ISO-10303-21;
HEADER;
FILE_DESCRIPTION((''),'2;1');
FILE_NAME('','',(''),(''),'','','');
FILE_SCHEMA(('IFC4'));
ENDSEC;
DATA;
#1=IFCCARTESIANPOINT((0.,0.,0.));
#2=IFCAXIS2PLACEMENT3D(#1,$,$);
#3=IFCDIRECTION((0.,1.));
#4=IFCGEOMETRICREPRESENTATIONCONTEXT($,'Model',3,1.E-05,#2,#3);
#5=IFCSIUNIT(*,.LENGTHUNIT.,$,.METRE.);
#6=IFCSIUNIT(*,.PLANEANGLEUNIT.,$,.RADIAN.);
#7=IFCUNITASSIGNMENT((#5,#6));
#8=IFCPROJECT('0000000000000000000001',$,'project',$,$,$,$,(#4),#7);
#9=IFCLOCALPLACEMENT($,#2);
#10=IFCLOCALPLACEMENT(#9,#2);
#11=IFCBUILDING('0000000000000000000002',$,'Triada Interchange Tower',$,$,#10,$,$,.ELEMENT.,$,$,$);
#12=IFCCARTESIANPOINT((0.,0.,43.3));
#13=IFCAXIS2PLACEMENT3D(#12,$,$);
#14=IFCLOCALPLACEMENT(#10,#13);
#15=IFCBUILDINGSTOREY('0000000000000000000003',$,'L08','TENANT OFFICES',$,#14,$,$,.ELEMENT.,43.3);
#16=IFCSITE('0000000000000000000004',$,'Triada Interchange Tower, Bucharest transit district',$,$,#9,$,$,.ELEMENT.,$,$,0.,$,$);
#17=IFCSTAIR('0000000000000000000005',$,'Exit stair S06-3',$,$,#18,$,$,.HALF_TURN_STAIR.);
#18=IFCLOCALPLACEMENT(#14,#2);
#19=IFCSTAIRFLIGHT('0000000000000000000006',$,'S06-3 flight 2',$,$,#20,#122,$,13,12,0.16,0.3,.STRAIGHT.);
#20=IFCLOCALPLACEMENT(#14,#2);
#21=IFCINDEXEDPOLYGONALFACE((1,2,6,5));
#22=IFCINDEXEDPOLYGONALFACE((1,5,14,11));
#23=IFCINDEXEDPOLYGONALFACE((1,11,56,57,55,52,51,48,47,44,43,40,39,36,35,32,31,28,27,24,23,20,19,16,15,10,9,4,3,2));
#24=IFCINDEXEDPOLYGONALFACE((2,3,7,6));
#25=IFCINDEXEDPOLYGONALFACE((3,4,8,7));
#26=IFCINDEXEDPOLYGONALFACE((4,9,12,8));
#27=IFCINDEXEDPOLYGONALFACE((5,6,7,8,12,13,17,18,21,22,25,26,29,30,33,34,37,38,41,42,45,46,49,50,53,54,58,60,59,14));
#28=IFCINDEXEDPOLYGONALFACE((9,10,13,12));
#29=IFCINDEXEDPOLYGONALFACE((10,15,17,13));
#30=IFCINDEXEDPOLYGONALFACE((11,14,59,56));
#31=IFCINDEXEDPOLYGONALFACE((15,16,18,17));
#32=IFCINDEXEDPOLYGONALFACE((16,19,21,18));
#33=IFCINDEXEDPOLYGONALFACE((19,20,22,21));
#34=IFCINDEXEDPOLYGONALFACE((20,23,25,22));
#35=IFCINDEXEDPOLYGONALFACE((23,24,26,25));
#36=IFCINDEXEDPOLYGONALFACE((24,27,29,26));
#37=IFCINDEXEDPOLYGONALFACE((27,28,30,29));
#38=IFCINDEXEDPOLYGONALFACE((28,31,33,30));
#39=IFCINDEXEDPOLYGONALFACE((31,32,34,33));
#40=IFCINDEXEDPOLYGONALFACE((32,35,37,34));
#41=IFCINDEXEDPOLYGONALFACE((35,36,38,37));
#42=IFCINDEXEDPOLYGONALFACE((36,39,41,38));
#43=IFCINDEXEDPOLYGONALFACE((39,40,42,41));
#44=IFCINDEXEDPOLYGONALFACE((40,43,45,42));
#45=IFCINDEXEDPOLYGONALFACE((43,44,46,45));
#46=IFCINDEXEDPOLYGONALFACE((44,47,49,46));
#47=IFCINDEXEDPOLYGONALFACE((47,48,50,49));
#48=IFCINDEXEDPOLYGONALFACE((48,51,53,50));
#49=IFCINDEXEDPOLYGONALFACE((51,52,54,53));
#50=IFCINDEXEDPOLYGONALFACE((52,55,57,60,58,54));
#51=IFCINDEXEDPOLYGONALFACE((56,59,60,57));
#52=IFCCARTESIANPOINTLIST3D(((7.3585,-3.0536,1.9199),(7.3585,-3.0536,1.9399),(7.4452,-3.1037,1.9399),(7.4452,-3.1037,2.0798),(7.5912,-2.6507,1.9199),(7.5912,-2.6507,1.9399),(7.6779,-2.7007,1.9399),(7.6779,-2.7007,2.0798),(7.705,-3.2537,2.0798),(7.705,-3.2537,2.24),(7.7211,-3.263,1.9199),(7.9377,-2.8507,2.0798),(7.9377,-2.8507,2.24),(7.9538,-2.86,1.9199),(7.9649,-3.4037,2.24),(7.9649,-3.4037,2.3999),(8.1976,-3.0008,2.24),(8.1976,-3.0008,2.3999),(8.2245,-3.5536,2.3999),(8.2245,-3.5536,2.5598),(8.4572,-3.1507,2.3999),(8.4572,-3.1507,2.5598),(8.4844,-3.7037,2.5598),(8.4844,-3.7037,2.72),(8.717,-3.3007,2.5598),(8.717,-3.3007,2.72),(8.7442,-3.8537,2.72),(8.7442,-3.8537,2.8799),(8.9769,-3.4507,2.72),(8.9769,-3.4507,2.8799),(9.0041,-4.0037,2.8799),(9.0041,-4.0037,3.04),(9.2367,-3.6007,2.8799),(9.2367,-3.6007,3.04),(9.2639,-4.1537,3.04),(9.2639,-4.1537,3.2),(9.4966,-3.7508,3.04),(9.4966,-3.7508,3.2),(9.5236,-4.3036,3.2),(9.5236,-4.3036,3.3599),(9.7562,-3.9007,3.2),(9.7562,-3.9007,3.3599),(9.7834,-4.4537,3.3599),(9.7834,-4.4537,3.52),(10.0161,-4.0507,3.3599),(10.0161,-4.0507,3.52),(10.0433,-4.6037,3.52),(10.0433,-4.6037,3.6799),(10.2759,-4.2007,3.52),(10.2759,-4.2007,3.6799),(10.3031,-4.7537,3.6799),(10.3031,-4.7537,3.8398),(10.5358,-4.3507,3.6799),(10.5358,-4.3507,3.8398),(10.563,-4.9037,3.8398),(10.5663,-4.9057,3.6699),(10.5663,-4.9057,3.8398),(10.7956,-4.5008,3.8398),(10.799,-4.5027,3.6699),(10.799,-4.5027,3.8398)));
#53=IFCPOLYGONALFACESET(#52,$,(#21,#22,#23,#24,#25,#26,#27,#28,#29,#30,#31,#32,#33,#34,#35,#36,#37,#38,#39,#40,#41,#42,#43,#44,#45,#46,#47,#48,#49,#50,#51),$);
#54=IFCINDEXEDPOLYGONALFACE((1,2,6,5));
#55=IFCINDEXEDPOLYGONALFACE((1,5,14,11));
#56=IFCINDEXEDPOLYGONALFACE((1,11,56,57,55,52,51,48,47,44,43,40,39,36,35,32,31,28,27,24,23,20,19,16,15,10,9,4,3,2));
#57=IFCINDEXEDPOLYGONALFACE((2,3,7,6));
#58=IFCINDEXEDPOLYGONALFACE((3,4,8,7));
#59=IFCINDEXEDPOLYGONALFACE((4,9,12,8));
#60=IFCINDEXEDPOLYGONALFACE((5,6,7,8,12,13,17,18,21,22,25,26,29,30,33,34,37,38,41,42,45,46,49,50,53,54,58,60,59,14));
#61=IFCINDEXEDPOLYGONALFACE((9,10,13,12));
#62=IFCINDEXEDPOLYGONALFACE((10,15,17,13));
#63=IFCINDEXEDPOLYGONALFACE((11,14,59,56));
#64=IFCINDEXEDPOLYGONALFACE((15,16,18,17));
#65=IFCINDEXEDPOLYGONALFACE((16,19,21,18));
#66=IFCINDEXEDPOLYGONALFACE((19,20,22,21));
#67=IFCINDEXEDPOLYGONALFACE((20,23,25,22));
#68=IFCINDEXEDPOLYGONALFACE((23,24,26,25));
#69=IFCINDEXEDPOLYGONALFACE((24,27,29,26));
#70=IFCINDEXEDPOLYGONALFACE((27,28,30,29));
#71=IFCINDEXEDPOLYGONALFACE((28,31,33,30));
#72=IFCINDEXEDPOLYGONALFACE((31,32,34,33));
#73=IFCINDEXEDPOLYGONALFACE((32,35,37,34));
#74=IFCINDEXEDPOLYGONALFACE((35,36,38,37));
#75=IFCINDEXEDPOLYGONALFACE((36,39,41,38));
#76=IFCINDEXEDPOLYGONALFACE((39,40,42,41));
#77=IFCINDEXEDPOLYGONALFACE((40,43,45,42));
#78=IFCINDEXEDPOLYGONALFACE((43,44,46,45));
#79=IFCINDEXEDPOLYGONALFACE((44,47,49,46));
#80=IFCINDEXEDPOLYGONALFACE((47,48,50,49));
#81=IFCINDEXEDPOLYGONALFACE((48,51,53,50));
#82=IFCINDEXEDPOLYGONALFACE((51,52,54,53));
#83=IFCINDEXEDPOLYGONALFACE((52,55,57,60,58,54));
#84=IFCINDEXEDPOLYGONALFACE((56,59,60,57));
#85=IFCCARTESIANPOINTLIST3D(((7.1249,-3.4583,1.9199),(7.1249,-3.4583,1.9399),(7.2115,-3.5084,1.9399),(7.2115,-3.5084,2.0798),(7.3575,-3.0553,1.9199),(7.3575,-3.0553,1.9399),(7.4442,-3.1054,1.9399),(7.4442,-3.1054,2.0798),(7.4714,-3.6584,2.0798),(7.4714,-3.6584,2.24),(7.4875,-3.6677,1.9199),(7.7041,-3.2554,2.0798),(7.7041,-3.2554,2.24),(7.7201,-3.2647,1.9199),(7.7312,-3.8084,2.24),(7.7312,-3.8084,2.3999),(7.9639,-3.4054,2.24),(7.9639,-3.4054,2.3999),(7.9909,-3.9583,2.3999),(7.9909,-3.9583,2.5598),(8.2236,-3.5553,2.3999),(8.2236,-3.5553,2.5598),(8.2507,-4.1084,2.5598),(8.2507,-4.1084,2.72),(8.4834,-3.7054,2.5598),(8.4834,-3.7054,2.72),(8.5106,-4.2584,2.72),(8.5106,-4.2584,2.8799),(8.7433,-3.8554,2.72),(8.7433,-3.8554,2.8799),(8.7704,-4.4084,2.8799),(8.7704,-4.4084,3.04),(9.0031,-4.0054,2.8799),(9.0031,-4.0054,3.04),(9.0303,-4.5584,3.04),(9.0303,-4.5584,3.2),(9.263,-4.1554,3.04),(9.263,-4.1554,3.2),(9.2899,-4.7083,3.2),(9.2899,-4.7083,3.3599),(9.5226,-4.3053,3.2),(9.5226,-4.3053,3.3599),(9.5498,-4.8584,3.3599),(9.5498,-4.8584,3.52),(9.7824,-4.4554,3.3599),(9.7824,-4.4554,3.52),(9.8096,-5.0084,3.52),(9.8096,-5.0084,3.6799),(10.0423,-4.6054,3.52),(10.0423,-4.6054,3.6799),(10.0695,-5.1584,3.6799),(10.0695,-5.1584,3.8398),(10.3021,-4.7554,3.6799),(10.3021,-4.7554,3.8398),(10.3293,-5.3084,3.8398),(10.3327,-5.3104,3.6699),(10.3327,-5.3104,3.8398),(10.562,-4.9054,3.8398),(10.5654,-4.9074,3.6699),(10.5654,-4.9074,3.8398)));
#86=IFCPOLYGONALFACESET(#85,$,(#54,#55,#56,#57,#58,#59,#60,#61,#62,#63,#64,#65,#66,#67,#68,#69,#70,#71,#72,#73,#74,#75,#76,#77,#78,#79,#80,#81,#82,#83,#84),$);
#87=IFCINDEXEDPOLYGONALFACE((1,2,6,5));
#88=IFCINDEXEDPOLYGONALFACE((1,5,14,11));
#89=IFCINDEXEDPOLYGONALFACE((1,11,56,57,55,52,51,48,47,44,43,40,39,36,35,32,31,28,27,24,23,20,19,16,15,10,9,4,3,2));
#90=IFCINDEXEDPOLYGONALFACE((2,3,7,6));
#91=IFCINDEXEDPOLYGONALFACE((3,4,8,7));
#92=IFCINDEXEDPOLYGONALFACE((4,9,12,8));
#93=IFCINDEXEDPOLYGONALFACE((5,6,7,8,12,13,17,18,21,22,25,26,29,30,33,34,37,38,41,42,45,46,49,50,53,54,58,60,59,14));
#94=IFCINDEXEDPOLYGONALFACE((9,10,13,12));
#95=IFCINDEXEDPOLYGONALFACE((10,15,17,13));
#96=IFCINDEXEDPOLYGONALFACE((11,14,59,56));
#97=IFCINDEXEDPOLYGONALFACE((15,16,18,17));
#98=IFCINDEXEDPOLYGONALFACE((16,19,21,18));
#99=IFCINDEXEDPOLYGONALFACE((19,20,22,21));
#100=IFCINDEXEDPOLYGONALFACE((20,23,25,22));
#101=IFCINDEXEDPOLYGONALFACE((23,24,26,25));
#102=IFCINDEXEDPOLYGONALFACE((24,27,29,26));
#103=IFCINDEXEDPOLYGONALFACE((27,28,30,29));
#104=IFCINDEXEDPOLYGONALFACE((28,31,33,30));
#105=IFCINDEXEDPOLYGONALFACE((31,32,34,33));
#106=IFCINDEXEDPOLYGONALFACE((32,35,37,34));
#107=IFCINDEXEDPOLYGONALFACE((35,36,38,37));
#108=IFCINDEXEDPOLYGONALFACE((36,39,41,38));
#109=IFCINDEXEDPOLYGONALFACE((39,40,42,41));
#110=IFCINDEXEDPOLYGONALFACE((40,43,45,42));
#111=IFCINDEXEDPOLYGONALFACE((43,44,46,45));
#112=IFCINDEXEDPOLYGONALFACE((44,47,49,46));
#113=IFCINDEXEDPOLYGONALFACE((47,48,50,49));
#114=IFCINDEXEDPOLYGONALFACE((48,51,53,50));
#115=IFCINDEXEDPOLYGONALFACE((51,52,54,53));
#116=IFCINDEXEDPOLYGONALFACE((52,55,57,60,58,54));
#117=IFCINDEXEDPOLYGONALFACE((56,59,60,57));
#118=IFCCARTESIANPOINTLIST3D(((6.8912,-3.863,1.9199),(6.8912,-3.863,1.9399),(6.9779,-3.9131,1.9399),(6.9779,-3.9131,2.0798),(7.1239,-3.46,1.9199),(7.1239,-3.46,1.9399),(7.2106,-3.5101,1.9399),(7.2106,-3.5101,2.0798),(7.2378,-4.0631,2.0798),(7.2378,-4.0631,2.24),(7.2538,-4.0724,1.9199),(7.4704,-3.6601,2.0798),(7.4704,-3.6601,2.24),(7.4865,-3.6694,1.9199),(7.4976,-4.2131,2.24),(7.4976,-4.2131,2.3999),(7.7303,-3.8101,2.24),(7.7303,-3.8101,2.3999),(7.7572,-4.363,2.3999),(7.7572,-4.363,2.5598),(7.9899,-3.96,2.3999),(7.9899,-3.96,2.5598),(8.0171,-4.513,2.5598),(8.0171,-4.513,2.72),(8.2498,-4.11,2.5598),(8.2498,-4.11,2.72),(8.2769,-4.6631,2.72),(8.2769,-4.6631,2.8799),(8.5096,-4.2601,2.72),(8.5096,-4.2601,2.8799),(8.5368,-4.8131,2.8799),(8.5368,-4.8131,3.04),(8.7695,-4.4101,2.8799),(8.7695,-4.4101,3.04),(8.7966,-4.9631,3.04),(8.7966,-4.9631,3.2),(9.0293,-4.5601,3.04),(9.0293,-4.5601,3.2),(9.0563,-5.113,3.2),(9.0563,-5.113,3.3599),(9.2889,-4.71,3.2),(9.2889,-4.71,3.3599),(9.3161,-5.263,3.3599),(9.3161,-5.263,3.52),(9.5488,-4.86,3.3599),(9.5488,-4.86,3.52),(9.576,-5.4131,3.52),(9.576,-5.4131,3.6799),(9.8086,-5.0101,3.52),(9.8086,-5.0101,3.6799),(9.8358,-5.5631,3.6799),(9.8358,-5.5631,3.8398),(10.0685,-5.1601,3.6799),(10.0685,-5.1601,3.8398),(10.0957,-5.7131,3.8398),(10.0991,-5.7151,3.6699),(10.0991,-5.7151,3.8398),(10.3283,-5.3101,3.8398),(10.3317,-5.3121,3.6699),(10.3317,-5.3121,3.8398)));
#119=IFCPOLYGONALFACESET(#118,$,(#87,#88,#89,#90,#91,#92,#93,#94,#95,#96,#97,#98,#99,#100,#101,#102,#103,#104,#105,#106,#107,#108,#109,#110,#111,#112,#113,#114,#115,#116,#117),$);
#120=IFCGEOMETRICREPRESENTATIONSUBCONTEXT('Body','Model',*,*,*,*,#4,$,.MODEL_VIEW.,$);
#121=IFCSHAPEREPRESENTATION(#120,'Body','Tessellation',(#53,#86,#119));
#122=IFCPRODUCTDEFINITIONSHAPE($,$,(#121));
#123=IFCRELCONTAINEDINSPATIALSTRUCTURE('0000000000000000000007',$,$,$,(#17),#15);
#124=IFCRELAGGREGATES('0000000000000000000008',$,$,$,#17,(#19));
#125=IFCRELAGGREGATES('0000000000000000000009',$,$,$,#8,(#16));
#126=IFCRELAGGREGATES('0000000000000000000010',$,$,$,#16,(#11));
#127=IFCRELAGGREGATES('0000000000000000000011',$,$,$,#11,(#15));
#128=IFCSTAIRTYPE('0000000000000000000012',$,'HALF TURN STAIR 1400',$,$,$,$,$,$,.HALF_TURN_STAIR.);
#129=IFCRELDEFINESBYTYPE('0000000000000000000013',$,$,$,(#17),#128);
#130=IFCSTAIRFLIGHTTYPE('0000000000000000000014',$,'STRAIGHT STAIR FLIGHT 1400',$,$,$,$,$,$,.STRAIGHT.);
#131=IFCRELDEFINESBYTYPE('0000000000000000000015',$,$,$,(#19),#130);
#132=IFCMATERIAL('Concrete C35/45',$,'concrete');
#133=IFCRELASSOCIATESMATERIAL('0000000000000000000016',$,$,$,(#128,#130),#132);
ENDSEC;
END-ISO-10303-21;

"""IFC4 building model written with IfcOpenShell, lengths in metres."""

from ifc_helpers import new_model, si_unit, direction, frame, origin, place, context, subcontext, project, spatial, polyline, outline, extrude, material, type_object, element, aggregate, save


model = new_model("IFC4")

# Units and contexts
model_context = context("Model", 3, precision=1e-05, world=origin(), true_north=direction((0.0, 1.0)))
body_context = subcontext(model_context, "Body", "Model", "MODEL_VIEW")
ifc_project = project(units=[si_unit("LENGTHUNIT", "METRE"), si_unit("PLANEANGLEUNIT", "RADIAN")], contexts=[model_context])

# Site, building, storey
site_placement = place(None, origin())
site = spatial("IfcSite", under=ifc_project, at=site_placement, Name="Triada Interchange Tower, Bucharest transit district", CompositionType="ELEMENT", RefElevation=0.0)
building_placement = place(site_placement, origin())
building = spatial("IfcBuilding", under=site, at=building_placement, Name="Triada Interchange Tower", CompositionType="ELEMENT")
storey_placement = place(building_placement, frame((0.0, 0.0, 43.3)))
storey = spatial("IfcBuildingStorey", under=building, at=storey_placement, Name="L08", Description="TENANT OFFICES", CompositionType="ELEMENT", Elevation=43.3)

# Stair, stair flight
ifc_material_1 = material(Name="Concrete C35/45", Category="concrete")
stair_type = type_object("IfcStairType", Name="HALF TURN STAIR 1400", PredefinedType="HALF_TURN_STAIR", material=ifc_material_1)
stair_placement = place(storey_placement, origin())
stair = element("IfcStair", 1, at=stair_placement, inside=storey, type_object=stair_type, Name="Exit stair S06-3", PredefinedType="HALF_TURN_STAIR")
stair_flight_type = type_object("IfcStairFlightType", Name="STRAIGHT STAIR FLIGHT 1400", PredefinedType="STRAIGHT", material=ifc_material_1)
stair_flight_1_placement = place(storey_placement, frame((7.3279, -3.3069, 1.9199), z_axis=(0.0, 0.0, 1.0), x_axis=(0.866025, -0.5, 0.0)))
stair_flight_1 = element("IfcStairFlight", 2, at=stair_flight_1_placement, type_object=stair_flight_type, Name="S06-3 flight 2", NumberOfRisers=13, NumberOfTreads=12, PredefinedType="STRAIGHT", RiserHeight=0.16, TreadLength=0.3, context=body_context, shape_type="SweptSolid", body=[
    extrude(outline(polyline([(-0.1001, 0.0), (-0.1001, 0.02), (0.0, 0.02), (0.0, 0.1599), (0.3, 0.1599), (0.3, 0.3201), (0.6001, 0.3201), (0.6001, 0.48), (0.8999, 0.48), (0.8999, 0.6399), (1.2, 0.6399), (1.2, 0.8), (1.5, 0.8), (1.5, 0.96), (1.8, 0.96), (1.8, 1.1201), (2.1001, 1.1201), (2.1001, 1.28), (2.3999, 1.28), (2.3999, 1.4399), (2.7, 1.4399), (2.7, 1.6001), (3.0, 1.6001), (3.0, 1.76), (3.3, 1.76), (3.3, 1.9199), (3.6001, 1.9199), (3.604, 1.9199), (3.604, 2.0801), (3.604, 1.75), (0.3186, 0.0), (-0.1001, 0.0)])), frame((0.0, 0.7, 0.0), z_axis=(0.0, -1.0, 0.0), x_axis=(1.0, 0.0, 0.0)), (0.0, 0.0, 1.0), 0.4653),
    extrude(outline(polyline([(-0.1001, 0.0), (-0.1001, 0.02), (0.0, 0.02), (0.0, 0.1599), (0.3, 0.1599), (0.3, 0.3201), (0.6001, 0.3201), (0.6001, 0.48), (0.8999, 0.48), (0.8999, 0.6399), (1.2, 0.6399), (1.2, 0.8), (1.5, 0.8), (1.5, 0.96), (1.8, 0.96), (1.8, 1.1201), (2.1001, 1.1201), (2.1001, 1.28), (2.3999, 1.28), (2.3999, 1.4399), (2.7, 1.4399), (2.7, 1.6001), (3.0, 1.6001), (3.0, 1.76), (3.3, 1.76), (3.3, 1.9199), (3.6001, 1.9199), (3.604, 1.9199), (3.604, 2.0801), (3.604, 1.75), (0.3186, 0.0), (-0.1001, 0.0)])), frame((0.0, 0.2327, 0.0), z_axis=(0.0, -1.0, 0.0), x_axis=(1.0, 0.0, 0.0)), (0.0, 0.0, 1.0), 0.4653),
    extrude(outline(polyline([(-0.1001, 0.0), (-0.1001, 0.02), (0.0, 0.02), (0.0, 0.1599), (0.3, 0.1599), (0.3, 0.3201), (0.6001, 0.3201), (0.6001, 0.48), (0.8999, 0.48), (0.8999, 0.6399), (1.2, 0.6399), (1.2, 0.8), (1.5, 0.8), (1.5, 0.96), (1.8, 0.96), (1.8, 1.1201), (2.1001, 1.1201), (2.1001, 1.28), (2.3999, 1.28), (2.3999, 1.4399), (2.7, 1.4399), (2.7, 1.6001), (3.0, 1.6001), (3.0, 1.76), (3.3, 1.76), (3.3, 1.9199), (3.6001, 1.9199), (3.604, 1.9199), (3.604, 2.0801), (3.604, 1.75), (0.3186, 0.0), (-0.1001, 0.0)])), frame((0.0, -0.2346, 0.0), z_axis=(0.0, -1.0, 0.0), x_axis=(1.0, 0.0, 0.0)), (0.0, 0.0, 1.0), 0.4653),
])
aggregate(stair, [stair_flight_1])

save(model, "model.ifc")
